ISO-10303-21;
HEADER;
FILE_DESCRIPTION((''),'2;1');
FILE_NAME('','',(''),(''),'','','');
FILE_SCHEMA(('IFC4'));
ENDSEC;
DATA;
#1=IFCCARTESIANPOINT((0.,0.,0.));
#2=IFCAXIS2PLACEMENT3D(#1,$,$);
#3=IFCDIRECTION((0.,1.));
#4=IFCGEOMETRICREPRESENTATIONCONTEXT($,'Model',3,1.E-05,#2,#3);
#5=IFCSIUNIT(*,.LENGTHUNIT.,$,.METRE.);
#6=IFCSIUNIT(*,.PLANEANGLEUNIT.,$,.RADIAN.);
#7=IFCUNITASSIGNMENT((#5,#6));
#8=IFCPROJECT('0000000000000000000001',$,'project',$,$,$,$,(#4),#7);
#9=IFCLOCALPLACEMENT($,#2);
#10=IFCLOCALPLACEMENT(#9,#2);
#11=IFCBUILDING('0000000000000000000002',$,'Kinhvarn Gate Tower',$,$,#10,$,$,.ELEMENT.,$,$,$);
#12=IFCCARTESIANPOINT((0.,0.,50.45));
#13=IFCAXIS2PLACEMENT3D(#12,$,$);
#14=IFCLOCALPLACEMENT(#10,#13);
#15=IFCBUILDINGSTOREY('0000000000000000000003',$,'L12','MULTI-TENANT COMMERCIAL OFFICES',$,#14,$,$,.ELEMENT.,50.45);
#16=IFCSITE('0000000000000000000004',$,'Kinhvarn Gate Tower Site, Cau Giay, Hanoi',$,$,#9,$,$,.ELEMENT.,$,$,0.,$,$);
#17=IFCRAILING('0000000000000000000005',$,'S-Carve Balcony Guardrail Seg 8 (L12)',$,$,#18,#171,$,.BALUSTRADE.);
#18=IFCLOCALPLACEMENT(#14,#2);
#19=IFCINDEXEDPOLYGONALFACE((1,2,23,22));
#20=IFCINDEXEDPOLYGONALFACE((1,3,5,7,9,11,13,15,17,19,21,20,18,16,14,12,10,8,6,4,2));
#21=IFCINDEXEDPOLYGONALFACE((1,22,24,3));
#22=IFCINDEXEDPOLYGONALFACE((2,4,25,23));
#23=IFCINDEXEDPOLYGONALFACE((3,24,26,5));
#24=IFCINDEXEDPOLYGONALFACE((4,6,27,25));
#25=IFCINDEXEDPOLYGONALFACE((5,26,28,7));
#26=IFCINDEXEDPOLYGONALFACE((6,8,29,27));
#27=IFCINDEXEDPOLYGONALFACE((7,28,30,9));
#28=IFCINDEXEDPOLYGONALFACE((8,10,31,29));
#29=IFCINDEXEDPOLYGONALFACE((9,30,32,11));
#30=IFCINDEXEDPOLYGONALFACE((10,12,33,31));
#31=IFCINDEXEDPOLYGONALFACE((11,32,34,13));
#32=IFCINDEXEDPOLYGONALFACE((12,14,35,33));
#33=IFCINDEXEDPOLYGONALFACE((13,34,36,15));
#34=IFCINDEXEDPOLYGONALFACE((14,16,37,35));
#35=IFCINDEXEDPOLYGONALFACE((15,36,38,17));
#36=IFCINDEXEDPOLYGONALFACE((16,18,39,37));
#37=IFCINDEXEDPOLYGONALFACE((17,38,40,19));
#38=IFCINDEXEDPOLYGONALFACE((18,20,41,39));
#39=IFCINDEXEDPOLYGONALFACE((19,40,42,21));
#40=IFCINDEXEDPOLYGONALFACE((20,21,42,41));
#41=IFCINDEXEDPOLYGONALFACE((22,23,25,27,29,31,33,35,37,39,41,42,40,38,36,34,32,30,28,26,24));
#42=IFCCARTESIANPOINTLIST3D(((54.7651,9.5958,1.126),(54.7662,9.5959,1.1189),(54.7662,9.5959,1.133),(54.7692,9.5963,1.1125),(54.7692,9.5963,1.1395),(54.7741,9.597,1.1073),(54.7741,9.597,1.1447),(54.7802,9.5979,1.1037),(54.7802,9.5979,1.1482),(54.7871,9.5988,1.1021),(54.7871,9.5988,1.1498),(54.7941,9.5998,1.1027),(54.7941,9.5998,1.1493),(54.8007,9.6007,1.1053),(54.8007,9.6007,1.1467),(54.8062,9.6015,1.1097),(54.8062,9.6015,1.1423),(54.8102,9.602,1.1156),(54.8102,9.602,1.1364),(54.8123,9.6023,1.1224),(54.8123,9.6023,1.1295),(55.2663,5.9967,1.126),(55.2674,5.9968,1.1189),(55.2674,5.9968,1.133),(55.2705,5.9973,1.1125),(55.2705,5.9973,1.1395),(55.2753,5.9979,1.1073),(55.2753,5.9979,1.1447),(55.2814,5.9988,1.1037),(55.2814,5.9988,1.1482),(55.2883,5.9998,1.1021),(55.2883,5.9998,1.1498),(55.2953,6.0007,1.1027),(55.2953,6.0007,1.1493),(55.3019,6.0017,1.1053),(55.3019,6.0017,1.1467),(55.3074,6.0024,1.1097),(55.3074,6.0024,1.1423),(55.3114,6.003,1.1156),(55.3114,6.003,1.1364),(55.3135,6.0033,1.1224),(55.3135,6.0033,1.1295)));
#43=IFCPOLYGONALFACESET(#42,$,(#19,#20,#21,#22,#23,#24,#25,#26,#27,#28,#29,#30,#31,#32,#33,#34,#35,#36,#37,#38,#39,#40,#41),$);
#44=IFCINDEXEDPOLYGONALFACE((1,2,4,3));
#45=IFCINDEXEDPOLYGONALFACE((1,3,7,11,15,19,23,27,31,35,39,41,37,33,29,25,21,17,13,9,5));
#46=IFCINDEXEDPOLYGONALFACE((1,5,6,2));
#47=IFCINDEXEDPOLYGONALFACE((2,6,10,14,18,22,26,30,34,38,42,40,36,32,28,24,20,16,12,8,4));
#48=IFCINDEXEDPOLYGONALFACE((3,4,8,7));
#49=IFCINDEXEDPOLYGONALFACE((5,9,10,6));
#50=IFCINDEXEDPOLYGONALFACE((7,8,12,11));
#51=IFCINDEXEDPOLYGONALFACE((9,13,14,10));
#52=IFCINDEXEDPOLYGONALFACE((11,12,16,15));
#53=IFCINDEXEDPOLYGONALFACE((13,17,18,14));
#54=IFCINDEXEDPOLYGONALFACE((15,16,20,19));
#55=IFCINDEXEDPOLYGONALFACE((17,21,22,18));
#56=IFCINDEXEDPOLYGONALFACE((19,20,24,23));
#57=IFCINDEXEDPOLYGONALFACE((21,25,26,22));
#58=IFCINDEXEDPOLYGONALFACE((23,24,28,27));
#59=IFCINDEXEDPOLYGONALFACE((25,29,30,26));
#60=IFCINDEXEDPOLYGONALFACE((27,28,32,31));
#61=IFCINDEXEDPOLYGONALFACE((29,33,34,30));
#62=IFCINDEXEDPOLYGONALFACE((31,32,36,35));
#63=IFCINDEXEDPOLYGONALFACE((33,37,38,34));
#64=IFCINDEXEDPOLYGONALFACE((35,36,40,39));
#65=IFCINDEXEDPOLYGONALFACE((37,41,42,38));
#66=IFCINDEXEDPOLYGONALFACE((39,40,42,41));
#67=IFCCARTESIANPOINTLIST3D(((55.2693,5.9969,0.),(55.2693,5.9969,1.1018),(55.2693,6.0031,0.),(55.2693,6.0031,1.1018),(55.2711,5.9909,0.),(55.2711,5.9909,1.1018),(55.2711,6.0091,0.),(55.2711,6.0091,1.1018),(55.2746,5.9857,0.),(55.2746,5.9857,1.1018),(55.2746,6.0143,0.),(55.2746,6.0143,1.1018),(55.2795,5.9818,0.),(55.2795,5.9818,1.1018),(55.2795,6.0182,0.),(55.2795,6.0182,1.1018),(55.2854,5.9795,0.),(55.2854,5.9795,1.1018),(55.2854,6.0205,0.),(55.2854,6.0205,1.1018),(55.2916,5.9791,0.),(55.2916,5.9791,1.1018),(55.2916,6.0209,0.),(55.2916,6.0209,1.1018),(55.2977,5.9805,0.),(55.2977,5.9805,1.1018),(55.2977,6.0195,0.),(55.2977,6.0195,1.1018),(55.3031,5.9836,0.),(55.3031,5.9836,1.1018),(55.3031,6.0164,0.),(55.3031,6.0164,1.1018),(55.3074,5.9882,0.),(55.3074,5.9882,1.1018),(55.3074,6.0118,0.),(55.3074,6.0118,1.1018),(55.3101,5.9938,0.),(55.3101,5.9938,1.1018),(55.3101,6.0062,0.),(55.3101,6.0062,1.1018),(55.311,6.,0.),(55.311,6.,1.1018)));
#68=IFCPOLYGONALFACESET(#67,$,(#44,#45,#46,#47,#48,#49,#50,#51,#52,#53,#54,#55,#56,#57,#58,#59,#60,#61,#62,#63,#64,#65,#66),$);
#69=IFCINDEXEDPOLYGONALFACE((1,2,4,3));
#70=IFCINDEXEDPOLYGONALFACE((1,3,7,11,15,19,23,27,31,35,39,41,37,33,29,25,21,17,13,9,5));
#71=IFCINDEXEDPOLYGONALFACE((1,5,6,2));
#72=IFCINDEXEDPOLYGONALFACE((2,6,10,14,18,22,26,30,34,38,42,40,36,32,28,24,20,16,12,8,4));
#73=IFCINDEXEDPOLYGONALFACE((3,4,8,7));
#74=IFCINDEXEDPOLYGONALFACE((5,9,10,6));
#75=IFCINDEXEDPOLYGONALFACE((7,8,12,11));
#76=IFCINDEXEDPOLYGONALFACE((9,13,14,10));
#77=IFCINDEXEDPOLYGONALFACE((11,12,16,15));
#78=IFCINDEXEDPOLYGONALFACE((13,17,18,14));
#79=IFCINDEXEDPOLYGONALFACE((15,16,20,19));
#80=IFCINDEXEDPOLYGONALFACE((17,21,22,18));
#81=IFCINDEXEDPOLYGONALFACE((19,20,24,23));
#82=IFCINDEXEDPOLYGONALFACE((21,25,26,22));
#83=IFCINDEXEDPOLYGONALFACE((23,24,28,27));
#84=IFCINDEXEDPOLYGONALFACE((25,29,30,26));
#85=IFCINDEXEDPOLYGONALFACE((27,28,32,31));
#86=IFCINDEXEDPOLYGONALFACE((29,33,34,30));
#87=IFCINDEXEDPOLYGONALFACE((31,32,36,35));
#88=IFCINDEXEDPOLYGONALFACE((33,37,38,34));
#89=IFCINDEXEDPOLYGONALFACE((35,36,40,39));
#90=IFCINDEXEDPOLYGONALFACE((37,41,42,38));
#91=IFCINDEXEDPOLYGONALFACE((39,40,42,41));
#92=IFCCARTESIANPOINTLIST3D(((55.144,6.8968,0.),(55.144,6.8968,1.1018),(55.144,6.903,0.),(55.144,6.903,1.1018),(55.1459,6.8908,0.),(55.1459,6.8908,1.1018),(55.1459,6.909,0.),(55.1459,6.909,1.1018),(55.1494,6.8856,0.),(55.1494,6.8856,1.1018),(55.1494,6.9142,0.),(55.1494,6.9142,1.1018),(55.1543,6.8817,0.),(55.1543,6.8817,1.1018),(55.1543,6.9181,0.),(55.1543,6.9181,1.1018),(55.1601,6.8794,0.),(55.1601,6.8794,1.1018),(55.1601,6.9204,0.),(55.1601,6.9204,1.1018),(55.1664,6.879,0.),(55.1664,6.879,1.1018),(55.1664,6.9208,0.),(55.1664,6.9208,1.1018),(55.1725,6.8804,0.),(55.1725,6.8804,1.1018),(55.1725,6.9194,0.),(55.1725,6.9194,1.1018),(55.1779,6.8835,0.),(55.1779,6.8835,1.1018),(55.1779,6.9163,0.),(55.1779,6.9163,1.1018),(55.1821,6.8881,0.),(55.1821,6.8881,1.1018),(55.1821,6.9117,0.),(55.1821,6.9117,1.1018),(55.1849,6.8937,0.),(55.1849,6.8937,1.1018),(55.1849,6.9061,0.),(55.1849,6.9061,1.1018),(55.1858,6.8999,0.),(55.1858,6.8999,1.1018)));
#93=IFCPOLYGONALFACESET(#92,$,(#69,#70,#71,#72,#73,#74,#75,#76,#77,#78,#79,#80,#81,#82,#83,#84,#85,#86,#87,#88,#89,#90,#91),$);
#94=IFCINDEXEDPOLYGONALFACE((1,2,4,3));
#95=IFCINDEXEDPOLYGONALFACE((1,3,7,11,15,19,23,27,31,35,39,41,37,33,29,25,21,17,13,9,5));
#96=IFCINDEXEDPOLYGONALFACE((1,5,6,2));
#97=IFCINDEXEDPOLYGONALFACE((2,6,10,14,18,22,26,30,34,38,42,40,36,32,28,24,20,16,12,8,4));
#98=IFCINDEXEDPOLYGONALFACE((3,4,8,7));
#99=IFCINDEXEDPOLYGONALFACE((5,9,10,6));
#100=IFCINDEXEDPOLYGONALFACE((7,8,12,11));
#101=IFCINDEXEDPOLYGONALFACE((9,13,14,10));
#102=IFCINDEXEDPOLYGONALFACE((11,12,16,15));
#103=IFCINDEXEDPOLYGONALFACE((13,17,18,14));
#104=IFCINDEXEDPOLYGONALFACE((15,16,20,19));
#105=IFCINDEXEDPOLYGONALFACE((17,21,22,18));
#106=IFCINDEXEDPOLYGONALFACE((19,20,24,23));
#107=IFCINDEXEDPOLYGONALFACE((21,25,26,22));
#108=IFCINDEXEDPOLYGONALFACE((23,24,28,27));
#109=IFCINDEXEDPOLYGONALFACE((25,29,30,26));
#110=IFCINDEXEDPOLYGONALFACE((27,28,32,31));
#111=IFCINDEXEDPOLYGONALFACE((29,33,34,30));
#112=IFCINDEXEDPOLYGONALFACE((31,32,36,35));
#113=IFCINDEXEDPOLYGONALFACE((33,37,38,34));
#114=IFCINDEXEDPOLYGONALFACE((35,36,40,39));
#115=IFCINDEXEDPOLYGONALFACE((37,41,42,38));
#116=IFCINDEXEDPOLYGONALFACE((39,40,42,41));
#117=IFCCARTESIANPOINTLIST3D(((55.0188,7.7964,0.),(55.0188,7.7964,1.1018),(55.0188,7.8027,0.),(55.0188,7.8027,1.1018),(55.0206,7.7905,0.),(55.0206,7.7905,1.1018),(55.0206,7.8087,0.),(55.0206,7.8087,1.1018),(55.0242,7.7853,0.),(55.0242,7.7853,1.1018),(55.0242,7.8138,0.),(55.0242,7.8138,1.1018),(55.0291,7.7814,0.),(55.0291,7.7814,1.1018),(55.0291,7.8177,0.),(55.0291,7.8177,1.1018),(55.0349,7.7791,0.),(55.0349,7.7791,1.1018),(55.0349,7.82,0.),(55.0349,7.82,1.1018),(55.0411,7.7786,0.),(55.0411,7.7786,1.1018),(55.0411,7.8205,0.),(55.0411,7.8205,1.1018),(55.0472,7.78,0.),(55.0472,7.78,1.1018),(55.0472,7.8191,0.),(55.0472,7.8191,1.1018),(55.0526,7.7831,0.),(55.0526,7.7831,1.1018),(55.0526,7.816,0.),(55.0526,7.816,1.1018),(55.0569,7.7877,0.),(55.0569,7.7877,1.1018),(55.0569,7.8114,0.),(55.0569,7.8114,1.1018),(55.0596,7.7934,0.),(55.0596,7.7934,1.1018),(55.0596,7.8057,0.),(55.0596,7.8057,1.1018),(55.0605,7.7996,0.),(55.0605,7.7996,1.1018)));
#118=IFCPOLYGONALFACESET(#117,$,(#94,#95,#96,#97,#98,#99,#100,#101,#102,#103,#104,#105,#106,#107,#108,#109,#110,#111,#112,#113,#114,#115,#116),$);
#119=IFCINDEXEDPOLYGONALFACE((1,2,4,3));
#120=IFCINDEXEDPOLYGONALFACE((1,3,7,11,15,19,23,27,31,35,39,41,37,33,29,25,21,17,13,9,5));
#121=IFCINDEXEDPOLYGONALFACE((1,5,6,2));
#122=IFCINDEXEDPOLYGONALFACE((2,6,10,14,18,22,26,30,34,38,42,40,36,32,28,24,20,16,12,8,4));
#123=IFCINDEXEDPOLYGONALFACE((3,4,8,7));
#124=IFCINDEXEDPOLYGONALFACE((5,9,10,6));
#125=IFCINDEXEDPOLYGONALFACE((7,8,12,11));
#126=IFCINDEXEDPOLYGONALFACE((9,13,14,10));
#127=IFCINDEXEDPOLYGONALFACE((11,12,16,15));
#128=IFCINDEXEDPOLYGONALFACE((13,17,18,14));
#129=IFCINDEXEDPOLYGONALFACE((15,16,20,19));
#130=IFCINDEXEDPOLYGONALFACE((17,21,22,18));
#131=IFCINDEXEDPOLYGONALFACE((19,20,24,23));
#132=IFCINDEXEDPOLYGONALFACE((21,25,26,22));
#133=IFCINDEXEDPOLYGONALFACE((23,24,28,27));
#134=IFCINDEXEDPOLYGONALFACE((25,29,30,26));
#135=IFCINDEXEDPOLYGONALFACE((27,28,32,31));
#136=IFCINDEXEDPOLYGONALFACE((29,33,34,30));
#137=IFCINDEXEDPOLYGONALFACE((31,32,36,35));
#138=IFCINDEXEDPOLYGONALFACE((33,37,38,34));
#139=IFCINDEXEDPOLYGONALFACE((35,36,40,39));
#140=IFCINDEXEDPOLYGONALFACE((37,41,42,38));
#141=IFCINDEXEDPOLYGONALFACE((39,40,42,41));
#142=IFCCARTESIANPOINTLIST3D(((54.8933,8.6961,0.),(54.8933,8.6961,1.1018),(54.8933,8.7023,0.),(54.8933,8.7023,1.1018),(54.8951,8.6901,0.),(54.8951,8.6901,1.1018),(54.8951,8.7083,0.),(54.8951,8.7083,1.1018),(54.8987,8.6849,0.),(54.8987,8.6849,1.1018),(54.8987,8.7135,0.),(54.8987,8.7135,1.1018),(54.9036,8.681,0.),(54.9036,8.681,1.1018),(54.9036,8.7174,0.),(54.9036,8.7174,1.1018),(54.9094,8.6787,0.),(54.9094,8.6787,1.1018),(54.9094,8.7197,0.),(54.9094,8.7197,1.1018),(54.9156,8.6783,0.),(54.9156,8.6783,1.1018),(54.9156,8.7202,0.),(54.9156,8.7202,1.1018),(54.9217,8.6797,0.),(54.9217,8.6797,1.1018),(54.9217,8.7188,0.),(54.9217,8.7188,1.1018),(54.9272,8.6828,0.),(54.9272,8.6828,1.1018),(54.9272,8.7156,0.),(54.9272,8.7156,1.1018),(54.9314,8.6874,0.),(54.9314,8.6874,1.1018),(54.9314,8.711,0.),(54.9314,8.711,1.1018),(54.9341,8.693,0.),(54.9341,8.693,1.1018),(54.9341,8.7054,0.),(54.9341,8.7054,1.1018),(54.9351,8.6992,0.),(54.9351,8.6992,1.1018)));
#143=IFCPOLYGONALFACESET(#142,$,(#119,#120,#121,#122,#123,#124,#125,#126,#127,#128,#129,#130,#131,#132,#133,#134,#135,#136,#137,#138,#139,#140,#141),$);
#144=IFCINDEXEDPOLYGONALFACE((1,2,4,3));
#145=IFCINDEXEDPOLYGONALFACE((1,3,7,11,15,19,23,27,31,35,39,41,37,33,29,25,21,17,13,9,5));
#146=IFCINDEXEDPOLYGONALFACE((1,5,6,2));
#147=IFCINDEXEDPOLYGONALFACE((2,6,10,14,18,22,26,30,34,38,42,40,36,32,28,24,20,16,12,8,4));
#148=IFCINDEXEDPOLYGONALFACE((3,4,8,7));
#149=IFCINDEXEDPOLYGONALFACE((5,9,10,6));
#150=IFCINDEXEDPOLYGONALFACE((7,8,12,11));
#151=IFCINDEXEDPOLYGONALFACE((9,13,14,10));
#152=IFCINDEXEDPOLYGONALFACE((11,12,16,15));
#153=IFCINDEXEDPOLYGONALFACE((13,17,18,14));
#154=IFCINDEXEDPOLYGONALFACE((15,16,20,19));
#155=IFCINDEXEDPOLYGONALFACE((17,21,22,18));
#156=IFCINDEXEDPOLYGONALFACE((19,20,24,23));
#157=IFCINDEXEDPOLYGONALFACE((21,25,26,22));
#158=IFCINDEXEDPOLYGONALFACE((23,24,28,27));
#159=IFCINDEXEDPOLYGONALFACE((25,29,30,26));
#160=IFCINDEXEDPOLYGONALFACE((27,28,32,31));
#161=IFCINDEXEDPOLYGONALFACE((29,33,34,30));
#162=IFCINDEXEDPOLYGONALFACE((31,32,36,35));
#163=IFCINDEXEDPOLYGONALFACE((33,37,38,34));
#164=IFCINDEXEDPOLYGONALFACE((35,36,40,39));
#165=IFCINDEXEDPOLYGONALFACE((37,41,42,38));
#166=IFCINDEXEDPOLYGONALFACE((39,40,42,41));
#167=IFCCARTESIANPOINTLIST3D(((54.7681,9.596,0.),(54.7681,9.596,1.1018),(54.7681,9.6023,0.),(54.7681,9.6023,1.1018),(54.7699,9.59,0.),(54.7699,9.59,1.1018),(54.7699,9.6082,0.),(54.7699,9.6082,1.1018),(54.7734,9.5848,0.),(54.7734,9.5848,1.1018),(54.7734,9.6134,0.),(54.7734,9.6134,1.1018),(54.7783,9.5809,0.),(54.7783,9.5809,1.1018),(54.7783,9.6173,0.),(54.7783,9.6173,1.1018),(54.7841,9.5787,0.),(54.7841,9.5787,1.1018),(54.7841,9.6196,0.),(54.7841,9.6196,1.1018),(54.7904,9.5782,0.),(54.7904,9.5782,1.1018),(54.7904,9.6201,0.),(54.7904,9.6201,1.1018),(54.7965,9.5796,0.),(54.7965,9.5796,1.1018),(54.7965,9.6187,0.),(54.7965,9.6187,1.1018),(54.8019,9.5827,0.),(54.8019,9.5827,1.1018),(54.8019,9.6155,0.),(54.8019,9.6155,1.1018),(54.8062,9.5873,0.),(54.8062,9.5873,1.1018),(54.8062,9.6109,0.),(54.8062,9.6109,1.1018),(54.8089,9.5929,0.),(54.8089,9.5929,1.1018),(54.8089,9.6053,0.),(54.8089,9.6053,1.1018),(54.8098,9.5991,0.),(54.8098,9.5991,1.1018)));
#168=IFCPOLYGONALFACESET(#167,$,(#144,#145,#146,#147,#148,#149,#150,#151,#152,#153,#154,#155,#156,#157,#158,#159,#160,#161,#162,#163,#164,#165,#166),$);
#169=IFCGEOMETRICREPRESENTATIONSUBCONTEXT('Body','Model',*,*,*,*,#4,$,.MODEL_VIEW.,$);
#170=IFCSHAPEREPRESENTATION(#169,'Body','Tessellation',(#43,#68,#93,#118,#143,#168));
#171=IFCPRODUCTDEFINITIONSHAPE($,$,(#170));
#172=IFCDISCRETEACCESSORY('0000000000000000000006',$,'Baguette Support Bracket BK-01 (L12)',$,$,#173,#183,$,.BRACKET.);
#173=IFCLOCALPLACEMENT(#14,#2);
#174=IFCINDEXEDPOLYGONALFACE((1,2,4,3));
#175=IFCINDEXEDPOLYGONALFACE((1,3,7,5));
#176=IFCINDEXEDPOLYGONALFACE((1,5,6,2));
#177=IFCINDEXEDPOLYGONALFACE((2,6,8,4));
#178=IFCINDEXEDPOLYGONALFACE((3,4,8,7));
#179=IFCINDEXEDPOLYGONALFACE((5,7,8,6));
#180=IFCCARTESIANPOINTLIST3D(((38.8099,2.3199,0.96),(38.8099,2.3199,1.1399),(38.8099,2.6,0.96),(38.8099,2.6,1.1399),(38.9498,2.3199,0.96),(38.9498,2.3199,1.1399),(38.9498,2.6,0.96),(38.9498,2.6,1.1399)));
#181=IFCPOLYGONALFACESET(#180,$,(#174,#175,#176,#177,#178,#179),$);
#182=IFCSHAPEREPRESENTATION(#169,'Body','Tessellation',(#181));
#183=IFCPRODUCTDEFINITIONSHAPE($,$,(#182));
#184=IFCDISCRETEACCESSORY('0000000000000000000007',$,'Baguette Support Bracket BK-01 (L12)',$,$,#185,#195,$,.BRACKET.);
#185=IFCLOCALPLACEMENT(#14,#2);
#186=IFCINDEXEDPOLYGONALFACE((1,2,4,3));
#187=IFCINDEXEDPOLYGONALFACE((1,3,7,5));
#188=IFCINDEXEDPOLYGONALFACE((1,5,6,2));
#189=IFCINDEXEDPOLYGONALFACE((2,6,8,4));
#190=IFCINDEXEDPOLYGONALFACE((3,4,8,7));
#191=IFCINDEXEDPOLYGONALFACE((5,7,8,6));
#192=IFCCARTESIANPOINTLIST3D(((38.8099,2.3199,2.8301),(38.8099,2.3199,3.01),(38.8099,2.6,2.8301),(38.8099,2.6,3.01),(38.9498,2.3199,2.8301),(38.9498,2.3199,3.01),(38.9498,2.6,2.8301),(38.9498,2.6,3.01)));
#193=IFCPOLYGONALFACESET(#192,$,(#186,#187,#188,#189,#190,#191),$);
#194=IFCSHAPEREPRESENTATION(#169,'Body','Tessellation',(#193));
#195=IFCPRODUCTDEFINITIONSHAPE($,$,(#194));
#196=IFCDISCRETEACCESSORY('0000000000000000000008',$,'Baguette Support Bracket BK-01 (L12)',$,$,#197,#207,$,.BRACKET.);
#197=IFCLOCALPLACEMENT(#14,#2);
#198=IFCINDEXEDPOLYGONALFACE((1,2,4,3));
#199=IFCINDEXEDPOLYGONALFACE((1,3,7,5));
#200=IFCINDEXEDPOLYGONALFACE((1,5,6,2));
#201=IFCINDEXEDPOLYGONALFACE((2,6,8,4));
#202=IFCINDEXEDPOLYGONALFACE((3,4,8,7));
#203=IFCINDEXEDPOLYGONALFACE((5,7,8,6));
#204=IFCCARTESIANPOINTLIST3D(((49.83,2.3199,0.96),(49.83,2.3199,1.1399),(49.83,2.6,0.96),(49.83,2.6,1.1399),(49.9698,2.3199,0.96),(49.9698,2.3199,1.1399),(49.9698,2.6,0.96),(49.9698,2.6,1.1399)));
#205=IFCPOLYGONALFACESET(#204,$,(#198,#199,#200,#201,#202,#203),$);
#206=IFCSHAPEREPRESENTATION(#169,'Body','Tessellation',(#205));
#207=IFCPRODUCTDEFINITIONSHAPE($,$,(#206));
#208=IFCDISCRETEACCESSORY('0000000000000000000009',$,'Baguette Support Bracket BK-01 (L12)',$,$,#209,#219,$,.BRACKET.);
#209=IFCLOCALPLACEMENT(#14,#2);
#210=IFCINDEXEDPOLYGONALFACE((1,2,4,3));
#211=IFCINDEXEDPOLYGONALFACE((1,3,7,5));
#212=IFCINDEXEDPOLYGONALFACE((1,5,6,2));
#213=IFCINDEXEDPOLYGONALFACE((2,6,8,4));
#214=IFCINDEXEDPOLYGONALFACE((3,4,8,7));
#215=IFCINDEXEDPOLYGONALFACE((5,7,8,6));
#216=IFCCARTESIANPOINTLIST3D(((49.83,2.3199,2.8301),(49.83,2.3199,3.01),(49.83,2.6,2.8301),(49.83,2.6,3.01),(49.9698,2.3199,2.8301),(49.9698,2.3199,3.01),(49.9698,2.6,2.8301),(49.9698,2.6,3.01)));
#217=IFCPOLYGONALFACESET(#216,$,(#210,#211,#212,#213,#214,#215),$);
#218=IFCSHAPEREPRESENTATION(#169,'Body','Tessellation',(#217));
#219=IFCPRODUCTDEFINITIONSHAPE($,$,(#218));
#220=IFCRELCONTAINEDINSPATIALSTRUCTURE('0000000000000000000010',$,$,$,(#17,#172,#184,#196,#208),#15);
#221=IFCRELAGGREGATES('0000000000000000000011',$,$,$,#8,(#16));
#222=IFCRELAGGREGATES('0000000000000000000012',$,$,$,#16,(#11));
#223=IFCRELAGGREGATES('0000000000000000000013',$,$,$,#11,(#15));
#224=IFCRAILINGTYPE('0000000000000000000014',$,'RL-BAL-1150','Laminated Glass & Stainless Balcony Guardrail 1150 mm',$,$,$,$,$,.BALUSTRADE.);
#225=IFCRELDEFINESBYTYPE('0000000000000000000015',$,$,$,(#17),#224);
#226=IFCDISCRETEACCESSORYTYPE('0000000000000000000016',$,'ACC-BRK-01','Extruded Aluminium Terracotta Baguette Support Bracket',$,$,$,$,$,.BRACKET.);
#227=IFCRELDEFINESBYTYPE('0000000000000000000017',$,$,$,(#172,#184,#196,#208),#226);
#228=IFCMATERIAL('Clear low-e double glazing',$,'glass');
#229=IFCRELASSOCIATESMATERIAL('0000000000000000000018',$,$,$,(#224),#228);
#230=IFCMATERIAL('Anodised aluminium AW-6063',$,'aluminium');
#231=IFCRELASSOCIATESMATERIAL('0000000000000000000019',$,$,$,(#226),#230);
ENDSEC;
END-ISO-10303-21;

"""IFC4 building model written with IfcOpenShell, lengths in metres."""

from ifc_helpers import new_model, si_unit, direction, frame, origin, origin_2d, place, context, subcontext, project, spatial, rectangle, circle, extrude, material, type_object, element, save


model = new_model("IFC4")

# Units and contexts
model_context = context("Model", 3, precision=1e-05, world=origin(), true_north=direction((0.0, 1.0)))
body_context = subcontext(model_context, "Body", "Model", "MODEL_VIEW")
ifc_project = project(units=[si_unit("LENGTHUNIT", "METRE"), si_unit("PLANEANGLEUNIT", "RADIAN")], contexts=[model_context])

# Site, building, storey
site_placement = place(None, origin())
site = spatial("IfcSite", under=ifc_project, at=site_placement, Name="Kinhvarn Gate Tower Site, Cau Giay, Hanoi", CompositionType="ELEMENT", RefElevation=0.0)
building_placement = place(site_placement, origin())
building = spatial("IfcBuilding", under=site, at=building_placement, Name="Kinhvarn Gate Tower", CompositionType="ELEMENT")
storey_placement = place(building_placement, frame((0.0, 0.0, 50.45)))
storey = spatial("IfcBuildingStorey", under=building, at=storey_placement, Name="L12", Description="MULTI-TENANT COMMERCIAL OFFICES", CompositionType="ELEMENT", Elevation=50.45)

# Shared definitions
ifc_material_1 = material(Name="Anodised aluminium AW-6063", Category="aluminium")

# Shared definitions
ifc_material_2 = material(Name="Clear low-e double glazing", Category="glass")

# Railing
railing_type = type_object("IfcRailingType", Name="RL-BAL-1150", Description="Laminated Glass & Stainless Balcony Guardrail 1150 mm", PredefinedType="BALUSTRADE", material=ifc_material_2)
railing_1_placement = place(storey_placement, frame((55.29, 6.0, 0.0)))
element("IfcRailing", 1, at=railing_1_placement, inside=storey, type_object=railing_type, Name="S-Carve Balcony Guardrail Seg 8 (L12)", PredefinedType="BALUSTRADE", context=body_context, shape_type="SweptSolid", body=[
    extrude(circle(Radius=0.0239, at=origin_2d()), frame((0.0, 0.0, 1.126), z_axis=(-0.137931, 0.990442, 0.0), x_axis=(-0.990442, -0.137931, 0.0)), (0.0, 0.0, 1.0), 3.6338),
    extrude(circle(Radius=0.021, at=origin_2d()), origin(), (0.0, 0.0, 1.0), 1.1018),
    extrude(circle(Radius=0.021, at=origin_2d()), frame((-0.1252, 0.8999, 0.0)), (0.0, 0.0, 1.0), 1.1018),
    extrude(circle(Radius=0.021, at=origin_2d()), frame((-0.2505, 1.7996, 0.0)), (0.0, 0.0, 1.0), 1.1018),
    extrude(circle(Radius=0.021, at=origin_2d()), frame((-0.376, 2.6992, 0.0)), (0.0, 0.0, 1.0), 1.1018),
    extrude(circle(Radius=0.021, at=origin_2d()), frame((-0.5012, 3.5991, 0.0)), (0.0, 0.0, 1.0), 1.1018),
])

# Discrete accessories
discrete_accessory_type = type_object("IfcDiscreteAccessoryType", Name="ACC-BRK-01", Description="Extruded Aluminium Terracotta Baguette Support Bracket", PredefinedType="BRACKET", material=ifc_material_1)
for number, where, z_axis, x_axis, name in (
    (2, (38.8799, 2.46, 0.96), (0.0, 0.0, 1.0), (1.0, 0.0, 0.0), "Baguette Support Bracket BK-01 (L12)"),
    (3, (38.8799, 2.46, 2.8301), (0.0, 0.0, 1.0), (1.0, 0.0, 0.0), "Baguette Support Bracket BK-01 (L12)"),
    (4, (49.8999, 2.46, 0.96), (0.0, 0.0, 1.0), (1.0, 0.0, 0.0), "Baguette Support Bracket BK-01 (L12)"),
    (5, (49.8999, 2.46, 2.8301), (0.0, 0.0, 1.0), (1.0, 0.0, 0.0), "Baguette Support Bracket BK-01 (L12)"),
):
    element("IfcDiscreteAccessory", number, at=place(storey_placement, frame(where, z_axis=z_axis, x_axis=x_axis)), inside=storey, type_object=discrete_accessory_type, Name=name, PredefinedType="BRACKET", context=body_context, shape_type="SweptSolid", body=[
        extrude(rectangle(XDim=0.1399, YDim=0.28, at=origin_2d()), origin(), (0.0, 0.0, 1.0), 0.1799),
    ])

save(model, "model.ifc")
